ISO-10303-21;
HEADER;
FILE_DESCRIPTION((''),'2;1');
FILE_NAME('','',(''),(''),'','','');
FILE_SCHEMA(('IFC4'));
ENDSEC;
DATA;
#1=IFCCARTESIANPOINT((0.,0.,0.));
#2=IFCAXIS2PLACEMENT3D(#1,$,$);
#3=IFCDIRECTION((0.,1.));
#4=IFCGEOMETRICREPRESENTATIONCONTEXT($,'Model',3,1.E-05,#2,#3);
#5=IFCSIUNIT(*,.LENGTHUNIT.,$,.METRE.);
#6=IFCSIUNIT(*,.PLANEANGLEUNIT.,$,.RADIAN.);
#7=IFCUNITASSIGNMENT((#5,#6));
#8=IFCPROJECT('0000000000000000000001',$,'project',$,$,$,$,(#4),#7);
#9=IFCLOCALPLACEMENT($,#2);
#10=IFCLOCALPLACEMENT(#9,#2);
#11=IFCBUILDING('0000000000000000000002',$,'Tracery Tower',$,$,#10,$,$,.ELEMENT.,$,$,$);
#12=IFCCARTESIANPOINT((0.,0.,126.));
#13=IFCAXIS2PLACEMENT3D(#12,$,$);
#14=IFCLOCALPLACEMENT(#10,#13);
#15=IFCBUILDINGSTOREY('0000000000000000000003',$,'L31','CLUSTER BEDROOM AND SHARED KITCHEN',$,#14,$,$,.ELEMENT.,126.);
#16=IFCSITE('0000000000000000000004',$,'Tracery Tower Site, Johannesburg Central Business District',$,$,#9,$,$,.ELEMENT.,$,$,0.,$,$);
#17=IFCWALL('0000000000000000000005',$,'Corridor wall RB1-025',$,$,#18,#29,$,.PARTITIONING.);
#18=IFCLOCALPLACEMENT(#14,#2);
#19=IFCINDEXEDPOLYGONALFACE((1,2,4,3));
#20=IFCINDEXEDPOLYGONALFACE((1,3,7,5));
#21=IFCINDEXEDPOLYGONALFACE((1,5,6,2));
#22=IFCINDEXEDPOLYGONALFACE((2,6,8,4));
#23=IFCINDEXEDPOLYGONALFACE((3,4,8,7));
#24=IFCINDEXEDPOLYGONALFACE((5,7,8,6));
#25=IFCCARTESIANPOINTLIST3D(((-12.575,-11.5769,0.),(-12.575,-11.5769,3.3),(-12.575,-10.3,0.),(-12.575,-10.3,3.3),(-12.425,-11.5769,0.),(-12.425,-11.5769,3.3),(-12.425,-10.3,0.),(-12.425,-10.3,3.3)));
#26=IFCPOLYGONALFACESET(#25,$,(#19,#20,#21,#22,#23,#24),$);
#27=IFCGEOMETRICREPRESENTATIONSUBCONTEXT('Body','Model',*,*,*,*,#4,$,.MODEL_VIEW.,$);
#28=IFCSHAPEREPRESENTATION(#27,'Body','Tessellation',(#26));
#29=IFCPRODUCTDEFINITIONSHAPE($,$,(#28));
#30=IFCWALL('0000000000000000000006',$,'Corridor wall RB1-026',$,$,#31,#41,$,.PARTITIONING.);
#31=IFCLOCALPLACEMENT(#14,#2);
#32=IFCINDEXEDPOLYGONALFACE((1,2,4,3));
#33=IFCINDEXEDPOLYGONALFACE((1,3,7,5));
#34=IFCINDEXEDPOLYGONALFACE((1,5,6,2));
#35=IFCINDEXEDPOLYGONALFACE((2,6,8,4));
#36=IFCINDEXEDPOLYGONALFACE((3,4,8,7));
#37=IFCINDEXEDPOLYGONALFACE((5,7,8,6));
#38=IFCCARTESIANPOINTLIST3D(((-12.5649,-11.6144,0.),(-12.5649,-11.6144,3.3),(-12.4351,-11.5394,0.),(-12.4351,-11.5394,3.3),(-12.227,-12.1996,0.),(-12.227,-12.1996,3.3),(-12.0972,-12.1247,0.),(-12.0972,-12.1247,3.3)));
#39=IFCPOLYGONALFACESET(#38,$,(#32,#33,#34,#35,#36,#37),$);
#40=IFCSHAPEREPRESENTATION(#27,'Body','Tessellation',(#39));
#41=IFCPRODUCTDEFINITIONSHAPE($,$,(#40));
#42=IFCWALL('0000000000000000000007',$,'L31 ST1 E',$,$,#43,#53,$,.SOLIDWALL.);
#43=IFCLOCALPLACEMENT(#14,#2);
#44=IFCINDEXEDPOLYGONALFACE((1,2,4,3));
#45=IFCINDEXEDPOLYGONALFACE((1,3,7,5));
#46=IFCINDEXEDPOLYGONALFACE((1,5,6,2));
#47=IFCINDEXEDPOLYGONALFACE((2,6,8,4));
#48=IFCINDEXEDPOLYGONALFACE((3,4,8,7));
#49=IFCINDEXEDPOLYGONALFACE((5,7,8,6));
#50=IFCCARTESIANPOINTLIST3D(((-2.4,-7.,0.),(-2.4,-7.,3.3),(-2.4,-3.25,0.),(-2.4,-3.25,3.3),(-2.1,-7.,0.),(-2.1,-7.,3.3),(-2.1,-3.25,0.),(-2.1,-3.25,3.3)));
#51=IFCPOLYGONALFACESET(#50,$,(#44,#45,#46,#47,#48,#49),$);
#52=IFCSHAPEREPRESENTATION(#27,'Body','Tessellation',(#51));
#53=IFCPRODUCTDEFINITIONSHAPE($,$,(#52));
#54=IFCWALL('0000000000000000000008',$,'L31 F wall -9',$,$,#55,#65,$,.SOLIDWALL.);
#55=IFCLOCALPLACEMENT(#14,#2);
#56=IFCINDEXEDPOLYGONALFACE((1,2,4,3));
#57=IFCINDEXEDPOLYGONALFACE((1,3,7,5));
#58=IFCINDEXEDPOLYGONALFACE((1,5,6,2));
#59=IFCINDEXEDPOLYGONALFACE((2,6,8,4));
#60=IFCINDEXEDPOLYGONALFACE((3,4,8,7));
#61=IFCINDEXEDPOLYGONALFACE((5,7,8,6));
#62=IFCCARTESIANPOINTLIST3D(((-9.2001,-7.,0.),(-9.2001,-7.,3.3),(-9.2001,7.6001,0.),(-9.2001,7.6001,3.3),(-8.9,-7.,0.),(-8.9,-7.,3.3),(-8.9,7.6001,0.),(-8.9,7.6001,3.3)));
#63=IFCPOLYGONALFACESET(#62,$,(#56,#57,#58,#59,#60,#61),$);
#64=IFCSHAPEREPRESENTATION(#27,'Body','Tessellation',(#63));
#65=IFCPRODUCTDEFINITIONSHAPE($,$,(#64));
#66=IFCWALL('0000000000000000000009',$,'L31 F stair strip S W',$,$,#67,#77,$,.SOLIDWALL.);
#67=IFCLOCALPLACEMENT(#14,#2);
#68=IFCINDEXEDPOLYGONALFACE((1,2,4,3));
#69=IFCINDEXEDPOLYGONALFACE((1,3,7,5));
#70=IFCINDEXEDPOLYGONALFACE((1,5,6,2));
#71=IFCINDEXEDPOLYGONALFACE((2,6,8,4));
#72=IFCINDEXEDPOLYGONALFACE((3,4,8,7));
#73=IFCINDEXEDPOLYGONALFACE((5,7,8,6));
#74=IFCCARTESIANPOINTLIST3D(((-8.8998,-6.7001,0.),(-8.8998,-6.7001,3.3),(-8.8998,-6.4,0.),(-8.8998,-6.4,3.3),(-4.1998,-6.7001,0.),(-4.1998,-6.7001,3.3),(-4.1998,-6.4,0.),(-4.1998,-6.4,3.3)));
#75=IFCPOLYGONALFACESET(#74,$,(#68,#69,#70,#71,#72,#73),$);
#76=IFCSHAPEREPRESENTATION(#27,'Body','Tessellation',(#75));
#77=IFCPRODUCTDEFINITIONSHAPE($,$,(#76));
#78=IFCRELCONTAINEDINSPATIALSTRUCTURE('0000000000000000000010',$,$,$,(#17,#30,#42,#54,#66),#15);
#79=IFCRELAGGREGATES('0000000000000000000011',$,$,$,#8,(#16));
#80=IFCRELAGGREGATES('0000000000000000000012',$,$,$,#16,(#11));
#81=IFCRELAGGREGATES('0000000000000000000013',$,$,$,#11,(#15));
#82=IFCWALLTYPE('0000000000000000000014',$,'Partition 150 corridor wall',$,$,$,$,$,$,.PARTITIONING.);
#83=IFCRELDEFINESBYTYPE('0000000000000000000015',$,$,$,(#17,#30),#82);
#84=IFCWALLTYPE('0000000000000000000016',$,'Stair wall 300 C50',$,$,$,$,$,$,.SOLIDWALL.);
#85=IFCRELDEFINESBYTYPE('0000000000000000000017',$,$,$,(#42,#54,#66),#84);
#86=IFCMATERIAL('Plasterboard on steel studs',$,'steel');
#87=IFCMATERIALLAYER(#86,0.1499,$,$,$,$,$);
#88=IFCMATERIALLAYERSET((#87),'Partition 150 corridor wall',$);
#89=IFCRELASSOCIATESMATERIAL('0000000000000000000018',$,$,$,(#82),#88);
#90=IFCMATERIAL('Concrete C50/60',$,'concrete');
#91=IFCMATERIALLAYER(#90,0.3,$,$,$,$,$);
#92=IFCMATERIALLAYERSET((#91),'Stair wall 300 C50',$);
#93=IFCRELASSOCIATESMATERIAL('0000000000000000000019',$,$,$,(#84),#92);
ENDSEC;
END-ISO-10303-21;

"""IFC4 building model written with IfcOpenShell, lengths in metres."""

from ifc_helpers import new_model, si_unit, direction, frame, frame_2d, origin, place, context, subcontext, project, spatial, rectangle, extrude, material, layer, layer_set, type_object, element, save


model = new_model("IFC4")

# Units and contexts
model_context = context("Model", 3, precision=1e-05, world=origin(), true_north=direction((0.0, 1.0)))
body_context = subcontext(model_context, "Body", "Model", "MODEL_VIEW")
ifc_project = project(units=[si_unit("LENGTHUNIT", "METRE"), si_unit("PLANEANGLEUNIT", "RADIAN")], contexts=[model_context])

# Site, building, storey
site_placement = place(None, origin())
site = spatial("IfcSite", under=ifc_project, at=site_placement, Name="Tracery Tower Site, Johannesburg Central Business District", CompositionType="ELEMENT", RefElevation=0.0)
building_placement = place(site_placement, origin())
building = spatial("IfcBuilding", under=site, at=building_placement, Name="Tracery Tower", CompositionType="ELEMENT")
storey_placement = place(building_placement, frame((0.0, 0.0, 126.0)))
storey = spatial("IfcBuildingStorey", under=building, at=storey_placement, Name="L31", Description="CLUSTER BEDROOM AND SHARED KITCHEN", CompositionType="ELEMENT", Elevation=126.0)

# Shared definitions
ifc_material_1 = material(Name="Plasterboard on steel studs", Category="steel")
ifc_layer_1 = layer(ifc_material_1, 0.1499)
ifc_layer_set_1 = layer_set([ifc_layer_1], Name="Partition 150 corridor wall")
wall_type_1 = type_object("IfcWallType", Name="Partition 150 corridor wall", PredefinedType="PARTITIONING", material=ifc_layer_set_1)

# Walls
wall_1_placement = place(storey_placement, frame((-12.5, -11.5769, 0.0), z_axis=(0.0, 0.0, 1.0), x_axis=(0.0, 1.0, 0.0)))
element("IfcWall", 1, at=wall_1_placement, inside=storey, type_object=wall_type_1, Name="Corridor wall RB1-025", PredefinedType="PARTITIONING", context=body_context, shape_type="SweptSolid", body=[
    extrude(rectangle(XDim=1.2769, YDim=0.1499, at=frame_2d((0.6384, 0.0))), origin(), (0.0, 0.0, 1.0), 3.3),
])
wall_2_placement = place(storey_placement, frame((-12.5, -11.5769, 0.0), z_axis=(0.0, 0.0, 1.0), x_axis=(0.500025, -0.866011, 0.0)))
element("IfcWall", 2, at=wall_2_placement, inside=storey, type_object=wall_type_1, Name="Corridor wall RB1-026", PredefinedType="PARTITIONING", context=body_context, shape_type="SweptSolid", body=[
    extrude(rectangle(XDim=0.6758, YDim=0.1499, at=frame_2d((0.3379, 0.0))), origin(), (0.0, 0.0, 1.0), 3.3),
])
ifc_material_2 = material(Name="Concrete C50/60", Category="concrete")
ifc_layer_2 = layer(ifc_material_2, 0.3)
ifc_layer_set_2 = layer_set([ifc_layer_2], Name="Stair wall 300 C50")
wall_type_2 = type_object("IfcWallType", Name="Stair wall 300 C50", PredefinedType="SOLIDWALL", material=ifc_layer_set_2)
wall_3_placement = place(storey_placement, frame((-2.25, -7.0, 0.0), z_axis=(0.0, 0.0, 1.0), x_axis=(0.0, 1.0, 0.0)))
element("IfcWall", 3, at=wall_3_placement, inside=storey, type_object=wall_type_2, Name="L31 ST1 E", PredefinedType="SOLIDWALL", context=body_context, shape_type="SweptSolid", body=[
    extrude(rectangle(XDim=3.75, YDim=0.3, at=frame_2d((1.875, 0.0))), origin(), (0.0, 0.0, 1.0), 3.3),
])
wall_4_placement = place(storey_placement, frame((-9.05, -7.0, 0.0), z_axis=(0.0, 0.0, 1.0), x_axis=(0.0, 1.0, 0.0)))
element("IfcWall", 4, at=wall_4_placement, inside=storey, type_object=wall_type_2, Name="L31 F wall -9", PredefinedType="SOLIDWALL", context=body_context, shape_type="SweptSolid", body=[
    extrude(rectangle(XDim=14.6001, YDim=0.3, at=frame_2d((7.3, 0.0))), origin(), (0.0, 0.0, 1.0), 3.3),
])
wall_5_placement = place(storey_placement, frame((-8.8999, -6.55, 0.0), z_axis=(0.0, 0.0, 1.0), x_axis=(1.0, 0.0, 0.0)))
element("IfcWall", 5, at=wall_5_placement, inside=storey, type_object=wall_type_2, Name="L31 F stair strip S W", PredefinedType="SOLIDWALL", context=body_context, shape_type="SweptSolid", body=[
    extrude(rectangle(XDim=4.7, YDim=0.3, at=frame_2d((2.3501, 0.0))), origin(), (0.0, 0.0, 1.0), 3.3),
])

save(model, "model.ifc")
